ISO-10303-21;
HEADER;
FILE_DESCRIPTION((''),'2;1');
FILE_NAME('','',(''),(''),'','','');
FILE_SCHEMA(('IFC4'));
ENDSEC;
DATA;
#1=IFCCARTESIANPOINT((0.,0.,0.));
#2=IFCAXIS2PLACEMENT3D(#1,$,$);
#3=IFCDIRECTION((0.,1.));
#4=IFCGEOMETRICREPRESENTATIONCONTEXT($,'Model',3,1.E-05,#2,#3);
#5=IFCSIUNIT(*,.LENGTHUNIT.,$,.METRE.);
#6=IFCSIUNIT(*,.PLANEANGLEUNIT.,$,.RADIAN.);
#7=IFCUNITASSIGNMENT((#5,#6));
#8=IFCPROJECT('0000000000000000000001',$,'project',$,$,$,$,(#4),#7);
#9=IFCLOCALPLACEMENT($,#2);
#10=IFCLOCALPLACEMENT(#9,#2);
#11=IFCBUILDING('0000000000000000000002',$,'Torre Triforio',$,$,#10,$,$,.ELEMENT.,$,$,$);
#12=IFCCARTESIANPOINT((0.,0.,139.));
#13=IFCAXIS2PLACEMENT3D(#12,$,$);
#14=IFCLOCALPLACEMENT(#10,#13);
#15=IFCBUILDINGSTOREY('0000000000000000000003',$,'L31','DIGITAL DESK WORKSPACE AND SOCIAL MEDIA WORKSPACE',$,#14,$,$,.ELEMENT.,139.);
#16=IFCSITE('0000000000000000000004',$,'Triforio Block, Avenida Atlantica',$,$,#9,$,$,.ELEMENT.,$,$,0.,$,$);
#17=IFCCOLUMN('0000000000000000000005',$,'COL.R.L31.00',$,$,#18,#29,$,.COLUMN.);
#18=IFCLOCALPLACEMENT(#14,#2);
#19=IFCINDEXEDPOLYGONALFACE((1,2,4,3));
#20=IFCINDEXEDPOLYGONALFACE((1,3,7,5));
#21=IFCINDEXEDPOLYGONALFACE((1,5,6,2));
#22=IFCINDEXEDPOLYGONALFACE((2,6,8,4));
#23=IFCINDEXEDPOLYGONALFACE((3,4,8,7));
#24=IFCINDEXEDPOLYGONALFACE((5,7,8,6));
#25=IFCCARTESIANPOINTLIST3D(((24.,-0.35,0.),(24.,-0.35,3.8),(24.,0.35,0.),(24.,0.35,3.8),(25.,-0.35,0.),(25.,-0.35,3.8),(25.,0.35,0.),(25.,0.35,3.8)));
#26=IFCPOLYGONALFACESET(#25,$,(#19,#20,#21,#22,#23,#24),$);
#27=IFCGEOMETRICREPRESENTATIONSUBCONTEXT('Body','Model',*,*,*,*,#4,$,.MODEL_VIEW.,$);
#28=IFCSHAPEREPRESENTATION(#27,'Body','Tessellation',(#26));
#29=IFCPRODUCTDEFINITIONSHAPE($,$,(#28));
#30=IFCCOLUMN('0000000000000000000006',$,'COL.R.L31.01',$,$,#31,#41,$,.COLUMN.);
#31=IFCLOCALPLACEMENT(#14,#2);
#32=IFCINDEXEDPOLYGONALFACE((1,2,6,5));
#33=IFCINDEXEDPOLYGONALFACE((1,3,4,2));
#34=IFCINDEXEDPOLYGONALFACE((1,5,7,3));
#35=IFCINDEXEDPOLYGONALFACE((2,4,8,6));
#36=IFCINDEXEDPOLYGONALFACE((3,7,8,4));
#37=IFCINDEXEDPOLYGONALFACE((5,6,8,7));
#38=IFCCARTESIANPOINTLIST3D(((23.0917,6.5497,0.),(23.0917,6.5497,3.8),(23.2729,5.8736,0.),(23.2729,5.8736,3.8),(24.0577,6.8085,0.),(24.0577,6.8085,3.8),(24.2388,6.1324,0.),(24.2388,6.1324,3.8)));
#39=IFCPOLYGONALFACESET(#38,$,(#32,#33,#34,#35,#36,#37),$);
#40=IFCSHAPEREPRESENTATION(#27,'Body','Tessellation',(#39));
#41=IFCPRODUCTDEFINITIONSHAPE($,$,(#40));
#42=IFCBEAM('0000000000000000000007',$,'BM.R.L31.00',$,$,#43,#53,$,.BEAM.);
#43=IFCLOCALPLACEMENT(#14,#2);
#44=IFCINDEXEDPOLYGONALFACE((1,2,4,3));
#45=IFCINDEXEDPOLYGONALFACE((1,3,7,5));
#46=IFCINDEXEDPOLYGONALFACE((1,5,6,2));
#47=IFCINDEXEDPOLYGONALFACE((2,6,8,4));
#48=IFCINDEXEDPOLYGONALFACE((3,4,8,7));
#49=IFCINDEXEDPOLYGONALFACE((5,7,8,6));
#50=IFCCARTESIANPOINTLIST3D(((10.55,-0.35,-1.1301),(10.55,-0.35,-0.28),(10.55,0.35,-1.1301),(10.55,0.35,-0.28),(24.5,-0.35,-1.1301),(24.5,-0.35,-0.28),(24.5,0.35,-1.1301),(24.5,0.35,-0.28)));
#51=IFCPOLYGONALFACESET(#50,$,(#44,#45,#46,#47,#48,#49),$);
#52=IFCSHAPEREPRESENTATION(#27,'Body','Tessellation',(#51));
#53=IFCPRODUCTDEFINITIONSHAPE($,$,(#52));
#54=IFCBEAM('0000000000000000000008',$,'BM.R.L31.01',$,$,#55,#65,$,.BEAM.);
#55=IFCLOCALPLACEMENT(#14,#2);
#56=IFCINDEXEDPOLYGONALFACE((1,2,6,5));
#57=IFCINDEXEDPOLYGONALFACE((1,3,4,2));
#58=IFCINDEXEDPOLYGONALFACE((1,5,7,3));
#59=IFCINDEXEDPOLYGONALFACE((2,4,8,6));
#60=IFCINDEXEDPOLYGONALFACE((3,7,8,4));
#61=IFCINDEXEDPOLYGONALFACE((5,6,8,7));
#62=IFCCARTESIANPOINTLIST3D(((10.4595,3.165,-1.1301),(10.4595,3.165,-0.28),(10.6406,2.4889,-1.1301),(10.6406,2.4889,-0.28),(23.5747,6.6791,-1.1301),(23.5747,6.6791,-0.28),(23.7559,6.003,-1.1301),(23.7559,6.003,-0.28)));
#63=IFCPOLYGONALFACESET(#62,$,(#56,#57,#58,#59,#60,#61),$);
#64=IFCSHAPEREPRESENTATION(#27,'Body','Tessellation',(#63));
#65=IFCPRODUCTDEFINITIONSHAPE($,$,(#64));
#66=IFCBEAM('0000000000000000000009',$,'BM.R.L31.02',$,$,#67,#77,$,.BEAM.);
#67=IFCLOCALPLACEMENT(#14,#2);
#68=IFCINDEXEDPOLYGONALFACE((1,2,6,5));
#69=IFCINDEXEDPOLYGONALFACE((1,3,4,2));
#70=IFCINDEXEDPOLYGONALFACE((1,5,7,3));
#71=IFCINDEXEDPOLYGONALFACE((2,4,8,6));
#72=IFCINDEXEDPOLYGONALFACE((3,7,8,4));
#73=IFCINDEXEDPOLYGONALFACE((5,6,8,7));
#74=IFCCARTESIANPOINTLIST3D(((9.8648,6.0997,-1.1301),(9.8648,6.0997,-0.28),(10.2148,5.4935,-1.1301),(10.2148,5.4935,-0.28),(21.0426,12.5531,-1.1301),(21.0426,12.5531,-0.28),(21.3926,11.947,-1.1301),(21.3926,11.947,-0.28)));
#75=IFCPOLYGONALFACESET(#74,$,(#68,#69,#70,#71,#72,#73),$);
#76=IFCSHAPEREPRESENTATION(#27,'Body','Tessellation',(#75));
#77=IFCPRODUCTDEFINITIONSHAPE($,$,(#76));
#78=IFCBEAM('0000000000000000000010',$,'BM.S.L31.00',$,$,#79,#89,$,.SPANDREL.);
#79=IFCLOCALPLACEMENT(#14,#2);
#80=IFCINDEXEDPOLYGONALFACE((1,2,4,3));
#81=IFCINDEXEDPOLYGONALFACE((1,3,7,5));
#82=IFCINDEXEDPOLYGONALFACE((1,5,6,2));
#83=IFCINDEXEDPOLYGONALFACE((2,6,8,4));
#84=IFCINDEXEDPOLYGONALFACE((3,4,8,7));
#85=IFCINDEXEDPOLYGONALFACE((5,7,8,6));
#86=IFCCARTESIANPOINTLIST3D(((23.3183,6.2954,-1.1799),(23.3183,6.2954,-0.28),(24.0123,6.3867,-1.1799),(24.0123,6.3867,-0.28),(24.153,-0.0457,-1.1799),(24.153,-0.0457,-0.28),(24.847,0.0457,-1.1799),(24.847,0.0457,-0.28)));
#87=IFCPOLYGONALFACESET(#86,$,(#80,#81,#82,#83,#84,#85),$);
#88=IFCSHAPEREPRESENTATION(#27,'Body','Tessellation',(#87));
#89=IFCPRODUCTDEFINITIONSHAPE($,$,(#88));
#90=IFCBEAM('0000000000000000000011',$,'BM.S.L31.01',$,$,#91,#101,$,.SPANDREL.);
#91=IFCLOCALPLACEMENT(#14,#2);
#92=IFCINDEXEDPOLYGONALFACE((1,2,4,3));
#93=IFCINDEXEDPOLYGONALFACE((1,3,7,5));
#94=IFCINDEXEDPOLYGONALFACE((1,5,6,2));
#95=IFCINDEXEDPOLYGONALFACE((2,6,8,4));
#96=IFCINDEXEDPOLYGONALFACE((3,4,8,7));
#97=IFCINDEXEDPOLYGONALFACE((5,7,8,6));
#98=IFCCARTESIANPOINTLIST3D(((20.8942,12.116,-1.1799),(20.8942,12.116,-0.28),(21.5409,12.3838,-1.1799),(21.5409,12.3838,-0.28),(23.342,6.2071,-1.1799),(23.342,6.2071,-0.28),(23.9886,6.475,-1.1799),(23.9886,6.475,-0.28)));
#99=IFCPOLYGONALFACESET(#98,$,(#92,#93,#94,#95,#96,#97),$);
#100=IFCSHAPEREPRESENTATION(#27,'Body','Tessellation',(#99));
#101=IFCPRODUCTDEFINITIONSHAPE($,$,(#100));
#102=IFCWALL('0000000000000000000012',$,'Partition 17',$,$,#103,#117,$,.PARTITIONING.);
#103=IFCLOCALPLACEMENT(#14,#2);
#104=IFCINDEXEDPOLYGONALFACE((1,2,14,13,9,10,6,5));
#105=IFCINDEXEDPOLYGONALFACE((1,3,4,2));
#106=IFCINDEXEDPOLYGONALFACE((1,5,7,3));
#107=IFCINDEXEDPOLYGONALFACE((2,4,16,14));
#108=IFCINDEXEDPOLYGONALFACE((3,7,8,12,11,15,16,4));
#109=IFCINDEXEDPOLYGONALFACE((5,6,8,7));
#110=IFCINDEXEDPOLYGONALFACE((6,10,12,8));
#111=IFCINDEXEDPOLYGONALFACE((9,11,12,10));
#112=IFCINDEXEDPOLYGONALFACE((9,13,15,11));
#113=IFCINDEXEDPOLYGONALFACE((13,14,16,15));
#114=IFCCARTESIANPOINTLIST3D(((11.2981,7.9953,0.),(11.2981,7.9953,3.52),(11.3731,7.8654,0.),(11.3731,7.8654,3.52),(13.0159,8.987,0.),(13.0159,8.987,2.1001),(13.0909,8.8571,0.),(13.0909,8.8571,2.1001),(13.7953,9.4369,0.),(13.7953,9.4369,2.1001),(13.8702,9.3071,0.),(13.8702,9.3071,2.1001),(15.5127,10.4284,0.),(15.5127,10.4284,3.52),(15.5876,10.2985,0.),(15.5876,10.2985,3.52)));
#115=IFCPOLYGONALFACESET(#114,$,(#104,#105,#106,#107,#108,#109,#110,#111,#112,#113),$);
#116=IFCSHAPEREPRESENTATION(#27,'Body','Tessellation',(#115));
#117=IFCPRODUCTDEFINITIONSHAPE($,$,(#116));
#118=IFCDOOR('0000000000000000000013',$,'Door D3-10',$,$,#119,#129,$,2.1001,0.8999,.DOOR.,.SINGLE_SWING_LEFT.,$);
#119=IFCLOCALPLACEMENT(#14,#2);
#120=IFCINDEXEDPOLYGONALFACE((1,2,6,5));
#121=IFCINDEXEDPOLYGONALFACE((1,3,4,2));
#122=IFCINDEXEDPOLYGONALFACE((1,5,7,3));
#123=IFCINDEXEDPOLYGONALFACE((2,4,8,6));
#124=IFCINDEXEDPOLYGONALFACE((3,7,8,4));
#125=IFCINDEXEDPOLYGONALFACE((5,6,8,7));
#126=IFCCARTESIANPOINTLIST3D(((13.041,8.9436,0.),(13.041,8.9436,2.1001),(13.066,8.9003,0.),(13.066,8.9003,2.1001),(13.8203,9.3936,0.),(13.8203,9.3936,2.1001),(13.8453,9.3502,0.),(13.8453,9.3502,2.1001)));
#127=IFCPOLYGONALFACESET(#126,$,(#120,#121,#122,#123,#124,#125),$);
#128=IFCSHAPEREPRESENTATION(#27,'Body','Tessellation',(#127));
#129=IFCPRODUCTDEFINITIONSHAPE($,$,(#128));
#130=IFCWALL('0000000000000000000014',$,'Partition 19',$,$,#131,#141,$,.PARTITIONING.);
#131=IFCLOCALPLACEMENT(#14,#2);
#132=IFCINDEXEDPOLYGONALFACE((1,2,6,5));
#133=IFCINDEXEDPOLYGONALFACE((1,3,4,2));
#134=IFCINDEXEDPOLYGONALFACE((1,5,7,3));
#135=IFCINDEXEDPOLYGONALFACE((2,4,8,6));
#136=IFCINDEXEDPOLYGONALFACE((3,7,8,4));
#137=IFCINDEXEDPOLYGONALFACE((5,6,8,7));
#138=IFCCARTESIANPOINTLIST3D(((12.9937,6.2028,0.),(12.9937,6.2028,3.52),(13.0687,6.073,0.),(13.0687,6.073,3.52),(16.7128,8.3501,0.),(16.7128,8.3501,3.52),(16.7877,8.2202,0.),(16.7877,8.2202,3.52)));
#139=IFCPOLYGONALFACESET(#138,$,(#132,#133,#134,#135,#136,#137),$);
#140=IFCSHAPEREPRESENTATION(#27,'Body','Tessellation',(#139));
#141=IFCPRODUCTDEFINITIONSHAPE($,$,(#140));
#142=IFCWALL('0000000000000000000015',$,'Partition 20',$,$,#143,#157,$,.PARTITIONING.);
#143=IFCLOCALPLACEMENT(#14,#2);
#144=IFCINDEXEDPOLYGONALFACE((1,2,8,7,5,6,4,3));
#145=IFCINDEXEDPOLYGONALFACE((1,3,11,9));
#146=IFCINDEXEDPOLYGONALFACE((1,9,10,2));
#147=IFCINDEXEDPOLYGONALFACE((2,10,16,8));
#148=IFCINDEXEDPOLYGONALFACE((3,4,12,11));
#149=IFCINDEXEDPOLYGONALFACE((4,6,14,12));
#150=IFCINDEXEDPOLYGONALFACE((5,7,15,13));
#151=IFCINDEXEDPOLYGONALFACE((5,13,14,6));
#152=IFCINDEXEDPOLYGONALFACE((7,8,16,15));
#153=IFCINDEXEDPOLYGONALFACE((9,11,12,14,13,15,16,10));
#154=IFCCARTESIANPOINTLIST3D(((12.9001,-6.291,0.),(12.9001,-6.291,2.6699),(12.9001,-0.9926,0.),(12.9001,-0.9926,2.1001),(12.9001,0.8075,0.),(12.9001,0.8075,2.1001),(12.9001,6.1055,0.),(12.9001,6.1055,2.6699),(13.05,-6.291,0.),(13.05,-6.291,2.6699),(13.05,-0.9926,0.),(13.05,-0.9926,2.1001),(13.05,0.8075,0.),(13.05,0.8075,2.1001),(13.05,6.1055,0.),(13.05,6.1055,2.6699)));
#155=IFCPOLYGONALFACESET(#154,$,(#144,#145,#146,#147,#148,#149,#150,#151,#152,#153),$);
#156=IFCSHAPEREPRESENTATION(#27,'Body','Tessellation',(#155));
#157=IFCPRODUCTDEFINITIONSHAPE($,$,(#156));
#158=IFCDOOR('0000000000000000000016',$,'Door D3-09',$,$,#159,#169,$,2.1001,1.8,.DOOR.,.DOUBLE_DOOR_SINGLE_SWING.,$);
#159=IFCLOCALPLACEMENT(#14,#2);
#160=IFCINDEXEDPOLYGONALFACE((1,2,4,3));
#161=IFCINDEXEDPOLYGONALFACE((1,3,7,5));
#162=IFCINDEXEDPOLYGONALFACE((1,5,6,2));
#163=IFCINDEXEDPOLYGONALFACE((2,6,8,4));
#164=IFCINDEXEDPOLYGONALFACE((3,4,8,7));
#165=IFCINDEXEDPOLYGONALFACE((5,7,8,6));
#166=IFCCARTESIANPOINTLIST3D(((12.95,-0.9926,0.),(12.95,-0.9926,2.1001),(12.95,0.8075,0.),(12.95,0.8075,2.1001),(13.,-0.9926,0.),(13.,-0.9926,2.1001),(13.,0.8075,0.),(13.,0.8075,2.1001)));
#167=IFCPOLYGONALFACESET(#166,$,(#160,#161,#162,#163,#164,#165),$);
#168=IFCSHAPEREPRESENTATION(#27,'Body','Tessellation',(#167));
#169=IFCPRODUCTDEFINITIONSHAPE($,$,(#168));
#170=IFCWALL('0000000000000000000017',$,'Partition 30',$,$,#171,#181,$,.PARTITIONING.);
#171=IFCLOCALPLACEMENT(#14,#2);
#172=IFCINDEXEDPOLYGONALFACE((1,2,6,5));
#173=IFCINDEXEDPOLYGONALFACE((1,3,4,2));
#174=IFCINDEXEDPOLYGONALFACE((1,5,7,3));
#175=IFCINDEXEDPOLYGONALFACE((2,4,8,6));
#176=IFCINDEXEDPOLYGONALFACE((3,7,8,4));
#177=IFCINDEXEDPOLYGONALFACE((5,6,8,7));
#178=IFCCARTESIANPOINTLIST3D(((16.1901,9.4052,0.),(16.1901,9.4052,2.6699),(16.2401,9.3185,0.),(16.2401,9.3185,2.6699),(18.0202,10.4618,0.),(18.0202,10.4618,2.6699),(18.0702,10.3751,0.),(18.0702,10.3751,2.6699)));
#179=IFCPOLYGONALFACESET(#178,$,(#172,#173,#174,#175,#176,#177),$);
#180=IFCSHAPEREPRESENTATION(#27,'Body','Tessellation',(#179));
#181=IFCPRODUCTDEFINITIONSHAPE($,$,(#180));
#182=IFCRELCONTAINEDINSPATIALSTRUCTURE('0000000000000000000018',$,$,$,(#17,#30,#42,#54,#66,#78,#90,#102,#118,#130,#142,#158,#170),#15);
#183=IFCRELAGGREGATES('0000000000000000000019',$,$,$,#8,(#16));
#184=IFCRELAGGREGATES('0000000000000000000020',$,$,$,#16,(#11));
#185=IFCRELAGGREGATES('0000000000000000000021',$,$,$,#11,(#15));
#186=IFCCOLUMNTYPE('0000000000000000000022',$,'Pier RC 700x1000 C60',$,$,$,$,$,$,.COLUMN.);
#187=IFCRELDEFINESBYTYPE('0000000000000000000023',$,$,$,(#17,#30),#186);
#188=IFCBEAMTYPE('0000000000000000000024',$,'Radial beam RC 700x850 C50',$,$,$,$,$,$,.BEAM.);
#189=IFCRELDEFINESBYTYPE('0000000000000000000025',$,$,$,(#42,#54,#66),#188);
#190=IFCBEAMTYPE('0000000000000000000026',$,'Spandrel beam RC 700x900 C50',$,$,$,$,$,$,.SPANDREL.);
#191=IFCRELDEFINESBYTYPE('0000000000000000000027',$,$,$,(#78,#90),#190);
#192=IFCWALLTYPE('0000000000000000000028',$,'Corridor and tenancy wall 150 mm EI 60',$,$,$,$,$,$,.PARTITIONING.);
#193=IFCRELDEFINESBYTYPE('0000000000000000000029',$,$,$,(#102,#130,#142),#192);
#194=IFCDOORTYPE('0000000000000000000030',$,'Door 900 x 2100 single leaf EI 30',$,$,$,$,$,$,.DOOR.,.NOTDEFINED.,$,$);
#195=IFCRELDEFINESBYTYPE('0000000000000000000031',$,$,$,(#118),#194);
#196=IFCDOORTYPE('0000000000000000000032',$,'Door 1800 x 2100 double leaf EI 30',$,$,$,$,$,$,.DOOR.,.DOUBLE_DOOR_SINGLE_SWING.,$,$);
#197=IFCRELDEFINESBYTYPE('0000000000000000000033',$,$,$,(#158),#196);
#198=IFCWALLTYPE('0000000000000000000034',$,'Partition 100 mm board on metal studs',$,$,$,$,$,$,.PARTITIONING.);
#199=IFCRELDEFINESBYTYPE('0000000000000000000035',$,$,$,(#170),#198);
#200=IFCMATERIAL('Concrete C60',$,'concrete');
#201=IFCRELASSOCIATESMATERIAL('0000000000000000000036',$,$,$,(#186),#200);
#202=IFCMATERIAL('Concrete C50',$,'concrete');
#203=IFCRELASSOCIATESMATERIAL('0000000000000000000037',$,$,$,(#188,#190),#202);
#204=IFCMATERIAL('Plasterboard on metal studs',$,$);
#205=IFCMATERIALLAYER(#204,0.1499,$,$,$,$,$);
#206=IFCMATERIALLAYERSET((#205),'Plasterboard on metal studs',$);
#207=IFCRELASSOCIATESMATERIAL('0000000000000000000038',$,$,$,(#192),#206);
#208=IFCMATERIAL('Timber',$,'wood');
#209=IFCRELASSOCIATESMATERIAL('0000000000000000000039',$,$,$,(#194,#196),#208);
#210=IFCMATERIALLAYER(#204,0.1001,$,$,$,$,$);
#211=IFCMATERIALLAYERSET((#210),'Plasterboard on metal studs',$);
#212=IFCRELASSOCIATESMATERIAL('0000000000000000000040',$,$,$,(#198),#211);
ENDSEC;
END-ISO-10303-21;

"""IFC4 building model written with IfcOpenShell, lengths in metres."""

from ifc_helpers import new_model, si_unit, direction, frame, frame_2d, origin, origin_2d, place, context, subcontext, project, spatial, rectangle, extrude, material, layer, layer_set, material_profile, profile_set, type_object, element, fill, save


model = new_model("IFC4")

# Units and contexts
model_context = context("Model", 3, precision=1e-05, world=origin(), true_north=direction((0.0, 1.0)))
body_context = subcontext(model_context, "Body", "Model", "MODEL_VIEW")
ifc_project = project(units=[si_unit("LENGTHUNIT", "METRE"), si_unit("PLANEANGLEUNIT", "RADIAN")], contexts=[model_context])

# Site, building, storey
site_placement = place(None, origin())
site = spatial("IfcSite", under=ifc_project, at=site_placement, Name="Triforio Block, Avenida Atlantica", CompositionType="ELEMENT", RefElevation=0.0)
building_placement = place(site_placement, origin())
building = spatial("IfcBuilding", under=site, at=building_placement, Name="Torre Triforio", CompositionType="ELEMENT")
storey_placement = place(building_placement, frame((0.0, 0.0, 139.0)))
storey = spatial("IfcBuildingStorey", under=building, at=storey_placement, Name="L31", Description="DIGITAL DESK WORKSPACE AND SOCIAL MEDIA WORKSPACE", CompositionType="ELEMENT", Elevation=139.0)

# Columns
ifc_material_1 = material(Name="Concrete C60", Category="concrete")
ifc_material_profile_1 = material_profile(ifc_material_1, rectangle(XDim=0.7, YDim=1.0, at=origin_2d()), Name="RC 700x1000")
ifc_profile_set_1 = profile_set([ifc_material_profile_1], Name="Concrete C60")
column_type = type_object("IfcColumnType", Name="Pier RC 700x1000 C60", PredefinedType="COLUMN", material=ifc_profile_set_1)
for number, where, z_axis, x_axis, name in (
    (1, (24.5, 0.0, 0.0), (0.0, 0.0, 1.0), (0.0, 1.0, 0.0), "COL.R.L31.00"),
    (2, (23.6653, 6.3411, 0.0), (0.0, 0.0, 1.0), (-0.258819, 0.965926, 0.0), "COL.R.L31.01"),
):
    element("IfcColumn", number, at=place(storey_placement, frame(where, z_axis=z_axis, x_axis=x_axis)), inside=storey, type_object=column_type, Name=name, PredefinedType="COLUMN", context=body_context, shape_type="SweptSolid", body=[
        extrude(rectangle(XDim=0.7, YDim=1.0, at=origin_2d()), origin(), (0.0, 0.0, 1.0), 3.8),
    ])

# Beams
ifc_material_2 = material(Name="Concrete C50", Category="concrete")
ifc_material_profile_2 = material_profile(ifc_material_2, rectangle(XDim=0.7, YDim=0.8501, at=origin_2d()), Name="RC 700x850")
ifc_profile_set_2 = profile_set([ifc_material_profile_2], Name="Concrete C50")
beam_type_1 = type_object("IfcBeamType", Name="Radial beam RC 700x850 C50", PredefinedType="BEAM", material=ifc_profile_set_2)
beam_1_placement = place(storey_placement, frame((10.55, 0.0, -0.7051), z_axis=(1.0, 0.0, 0.0), x_axis=(0.0, 1.0, 0.0)))
element("IfcBeam", 3, at=beam_1_placement, inside=storey, type_object=beam_type_1, Name="BM.R.L31.00", PredefinedType="BEAM", context=body_context, shape_type="SweptSolid", body=[
    extrude(rectangle(XDim=0.7, YDim=0.8501, at=origin_2d()), origin(), (0.0, 0.0, 1.0), 13.95),
])
beam_2_placement = place(storey_placement, frame((10.55, 2.8269, -0.7051), z_axis=(0.965927, 0.258815, 0.0), x_axis=(-0.258815, 0.965927, 0.0)))
element("IfcBeam", 4, at=beam_2_placement, inside=storey, type_object=beam_type_1, Name="BM.R.L31.01", PredefinedType="BEAM", context=body_context, shape_type="SweptSolid", body=[
    extrude(rectangle(XDim=0.7, YDim=0.8501, at=origin_2d()), origin(), (0.0, 0.0, 1.0), 13.5779),
])
beam_3_placement = place(storey_placement, frame((10.0398, 5.7966, -0.7051), z_axis=(0.866029, 0.499994, 0.0), x_axis=(-0.499994, 0.866029, 0.0)))
element("IfcBeam", 5, at=beam_3_placement, inside=storey, type_object=beam_type_1, Name="BM.R.L31.02", PredefinedType="BEAM", context=body_context, shape_type="SweptSolid", body=[
    extrude(rectangle(XDim=0.7, YDim=0.8501, at=origin_2d()), origin(), (0.0, 0.0, 1.0), 12.907),
])
ifc_material_profile_3 = material_profile(ifc_material_2, rectangle(XDim=0.7, YDim=0.8999, at=origin_2d()), Name="RC 700x900")
ifc_profile_set_3 = profile_set([ifc_material_profile_3], Name="Concrete C50")
beam_type_2 = type_object("IfcBeamType", Name="Spandrel beam RC 700x900 C50", PredefinedType="SPANDREL", material=ifc_profile_set_3)
for number, where, z_axis, x_axis, name in (
    (6, (24.5, 0.0, -0.73), (-0.130511, 0.991447, 0.0), (-0.991447, -0.130511, 0.0), "BM.S.L31.00"),
    (7, (23.6653, 6.3411, -0.73), (-0.382709, 0.923869, 0.0), (-0.923869, -0.382709, 0.0), "BM.S.L31.01"),
):
    element("IfcBeam", number, at=place(storey_placement, frame(where, z_axis=z_axis, x_axis=x_axis)), inside=storey, type_object=beam_type_2, Name=name, PredefinedType="SPANDREL", context=body_context, shape_type="SweptSolid", body=[
        extrude(rectangle(XDim=0.7, YDim=0.8999, at=origin_2d()), origin(), (0.0, 0.0, 1.0), 6.3958),
    ])

# Wall, opening, door
ifc_material_3 = material(Name="Plasterboard on metal studs")
ifc_layer_1 = layer(ifc_material_3, 0.1499)
ifc_layer_set_1 = layer_set([ifc_layer_1], Name="Plasterboard on metal studs")
wall_type_1 = type_object("IfcWallType", Name="Corridor and tenancy wall 150 mm EI 60", PredefinedType="PARTITIONING", material=ifc_layer_set_1)
wall_1_placement = place(storey_placement, frame((11.3357, 7.9304, 0.0), z_axis=(0.0, 0.0, 1.0), x_axis=(0.866043, 0.49997, 0.0)))
wall_1 = element("IfcWall", 8, at=wall_1_placement, inside=storey, type_object=wall_type_1, Name="Partition 17", PredefinedType="PARTITIONING", context=body_context, shape_type="SweptSolid", body=[
    extrude(rectangle(XDim=4.8665, YDim=0.1499, at=frame_2d((2.4331, 0.0))), origin(), (0.0, 0.0, 1.0), 3.52),
])
opening_1_placement = place(wall_1_placement, frame((1.9834, 0.0, 0.0)))
opening_1 = element("IfcOpeningElement", 9, at=opening_1_placement, cuts=wall_1, PredefinedType="OPENING", context=body_context, shape_type="SweptSolid", body=[
    extrude(rectangle(XDim=0.8999, YDim=2.1001, at=frame_2d((0.45, 1.05))), frame((0.0, 0.085, 0.0), z_axis=(0.0, -1.0, 0.0), x_axis=(1.0, 0.0, 0.0)), (0.0, 0.0, 1.0), 0.1699),
])
ifc_material_4 = material(Name="Timber", Category="wood")
door_type_1 = type_object("IfcDoorType", Name="Door 900 x 2100 single leaf EI 30", OperationType="NOTDEFINED", PredefinedType="DOOR", material=ifc_material_4)
door_1_placement = place(opening_1_placement, origin())
door_1 = element("IfcDoor", 10, at=door_1_placement, inside=storey, type_object=door_type_1, Name="Door D3-10", OperationType="SINGLE_SWING_LEFT", OverallHeight=2.1001, OverallWidth=0.8999, PredefinedType="DOOR", context=body_context, shape_type="SweptSolid", body=[
    extrude(rectangle(XDim=0.8999, YDim=2.1001, at=frame_2d((0.45, 1.05))), frame((0.0, 0.0249, 0.0), z_axis=(0.0, -1.0, 0.0), x_axis=(1.0, 0.0, 0.0)), (0.0, 0.0, 1.0), 0.05),
])
fill(opening_1, door_1)

# Wall
wall_2_placement = place(storey_placement, frame((16.7502, 8.2852, 0.0), z_axis=(0.0, 0.0, 1.0), x_axis=(-0.86602, -0.50001, 0.0)))
element("IfcWall", 11, at=wall_2_placement, inside=storey, type_object=wall_type_1, Name="Partition 19", PredefinedType="PARTITIONING", context=body_context, shape_type="SweptSolid", body=[
    extrude(rectangle(XDim=4.2944, YDim=0.1499, at=frame_2d((2.1472, 0.0))), origin(), (0.0, 0.0, 1.0), 3.52),
])

# Wall, opening, door
wall_3_placement = place(storey_placement, frame((12.9751, 6.1055, 0.0), z_axis=(0.0, 0.0, 1.0), x_axis=(0.0, -1.0, 0.0)))
wall_3 = element("IfcWall", 12, at=wall_3_placement, inside=storey, type_object=wall_type_1, Name="Partition 20", PredefinedType="PARTITIONING", context=body_context, shape_type="SweptSolid", body=[
    extrude(rectangle(XDim=12.3965, YDim=0.1499, at=frame_2d((6.1982, 0.0))), origin(), (0.0, 0.0, 1.0), 2.6699),
])
opening_2_placement = place(wall_3_placement, frame((5.2981, 0.0, 0.0)))
opening_2 = element("IfcOpeningElement", 13, at=opening_2_placement, cuts=wall_3, PredefinedType="OPENING", context=body_context, shape_type="SweptSolid", body=[
    extrude(rectangle(XDim=1.8, YDim=2.1001, at=frame_2d((0.8999, 1.05))), frame((0.0, 0.085, 0.0), z_axis=(0.0, -1.0, 0.0), x_axis=(1.0, 0.0, 0.0)), (0.0, 0.0, 1.0), 0.1699),
])
door_type_2 = type_object("IfcDoorType", Name="Door 1800 x 2100 double leaf EI 30", OperationType="DOUBLE_DOOR_SINGLE_SWING", PredefinedType="DOOR", material=ifc_material_4)
door_2_placement = place(opening_2_placement, origin())
door_2 = element("IfcDoor", 14, at=door_2_placement, inside=storey, type_object=door_type_2, Name="Door D3-09", OperationType="DOUBLE_DOOR_SINGLE_SWING", OverallHeight=2.1001, OverallWidth=1.8, PredefinedType="DOOR", context=body_context, shape_type="SweptSolid", body=[
    extrude(rectangle(XDim=1.8, YDim=2.1001, at=frame_2d((0.8999, 1.05))), frame((0.0, 0.0249, 0.0), z_axis=(0.0, -1.0, 0.0), x_axis=(1.0, 0.0, 0.0)), (0.0, 0.0, 1.0), 0.05),
])
fill(opening_2, door_2)

# Wall
ifc_layer_2 = layer(ifc_material_3, 0.1001)
ifc_layer_set_2 = layer_set([ifc_layer_2], Name="Plasterboard on metal studs")
wall_type_2 = type_object("IfcWallType", Name="Partition 100 mm board on metal studs", PredefinedType="PARTITIONING", material=ifc_layer_set_2)
wall_4_placement = place(storey_placement, frame((16.2151, 9.3618, 0.0), z_axis=(0.0, 0.0, 1.0), x_axis=(0.866016, 0.500016, 0.0)))
element("IfcWall", 15, at=wall_4_placement, inside=storey, type_object=wall_type_2, Name="Partition 30", PredefinedType="PARTITIONING", context=body_context, shape_type="SweptSolid", body=[
    extrude(rectangle(XDim=2.1133, YDim=0.1001, at=frame_2d((1.0566, 0.0))), origin(), (0.0, 0.0, 1.0), 2.6699),
])

save(model, "model.ifc")
